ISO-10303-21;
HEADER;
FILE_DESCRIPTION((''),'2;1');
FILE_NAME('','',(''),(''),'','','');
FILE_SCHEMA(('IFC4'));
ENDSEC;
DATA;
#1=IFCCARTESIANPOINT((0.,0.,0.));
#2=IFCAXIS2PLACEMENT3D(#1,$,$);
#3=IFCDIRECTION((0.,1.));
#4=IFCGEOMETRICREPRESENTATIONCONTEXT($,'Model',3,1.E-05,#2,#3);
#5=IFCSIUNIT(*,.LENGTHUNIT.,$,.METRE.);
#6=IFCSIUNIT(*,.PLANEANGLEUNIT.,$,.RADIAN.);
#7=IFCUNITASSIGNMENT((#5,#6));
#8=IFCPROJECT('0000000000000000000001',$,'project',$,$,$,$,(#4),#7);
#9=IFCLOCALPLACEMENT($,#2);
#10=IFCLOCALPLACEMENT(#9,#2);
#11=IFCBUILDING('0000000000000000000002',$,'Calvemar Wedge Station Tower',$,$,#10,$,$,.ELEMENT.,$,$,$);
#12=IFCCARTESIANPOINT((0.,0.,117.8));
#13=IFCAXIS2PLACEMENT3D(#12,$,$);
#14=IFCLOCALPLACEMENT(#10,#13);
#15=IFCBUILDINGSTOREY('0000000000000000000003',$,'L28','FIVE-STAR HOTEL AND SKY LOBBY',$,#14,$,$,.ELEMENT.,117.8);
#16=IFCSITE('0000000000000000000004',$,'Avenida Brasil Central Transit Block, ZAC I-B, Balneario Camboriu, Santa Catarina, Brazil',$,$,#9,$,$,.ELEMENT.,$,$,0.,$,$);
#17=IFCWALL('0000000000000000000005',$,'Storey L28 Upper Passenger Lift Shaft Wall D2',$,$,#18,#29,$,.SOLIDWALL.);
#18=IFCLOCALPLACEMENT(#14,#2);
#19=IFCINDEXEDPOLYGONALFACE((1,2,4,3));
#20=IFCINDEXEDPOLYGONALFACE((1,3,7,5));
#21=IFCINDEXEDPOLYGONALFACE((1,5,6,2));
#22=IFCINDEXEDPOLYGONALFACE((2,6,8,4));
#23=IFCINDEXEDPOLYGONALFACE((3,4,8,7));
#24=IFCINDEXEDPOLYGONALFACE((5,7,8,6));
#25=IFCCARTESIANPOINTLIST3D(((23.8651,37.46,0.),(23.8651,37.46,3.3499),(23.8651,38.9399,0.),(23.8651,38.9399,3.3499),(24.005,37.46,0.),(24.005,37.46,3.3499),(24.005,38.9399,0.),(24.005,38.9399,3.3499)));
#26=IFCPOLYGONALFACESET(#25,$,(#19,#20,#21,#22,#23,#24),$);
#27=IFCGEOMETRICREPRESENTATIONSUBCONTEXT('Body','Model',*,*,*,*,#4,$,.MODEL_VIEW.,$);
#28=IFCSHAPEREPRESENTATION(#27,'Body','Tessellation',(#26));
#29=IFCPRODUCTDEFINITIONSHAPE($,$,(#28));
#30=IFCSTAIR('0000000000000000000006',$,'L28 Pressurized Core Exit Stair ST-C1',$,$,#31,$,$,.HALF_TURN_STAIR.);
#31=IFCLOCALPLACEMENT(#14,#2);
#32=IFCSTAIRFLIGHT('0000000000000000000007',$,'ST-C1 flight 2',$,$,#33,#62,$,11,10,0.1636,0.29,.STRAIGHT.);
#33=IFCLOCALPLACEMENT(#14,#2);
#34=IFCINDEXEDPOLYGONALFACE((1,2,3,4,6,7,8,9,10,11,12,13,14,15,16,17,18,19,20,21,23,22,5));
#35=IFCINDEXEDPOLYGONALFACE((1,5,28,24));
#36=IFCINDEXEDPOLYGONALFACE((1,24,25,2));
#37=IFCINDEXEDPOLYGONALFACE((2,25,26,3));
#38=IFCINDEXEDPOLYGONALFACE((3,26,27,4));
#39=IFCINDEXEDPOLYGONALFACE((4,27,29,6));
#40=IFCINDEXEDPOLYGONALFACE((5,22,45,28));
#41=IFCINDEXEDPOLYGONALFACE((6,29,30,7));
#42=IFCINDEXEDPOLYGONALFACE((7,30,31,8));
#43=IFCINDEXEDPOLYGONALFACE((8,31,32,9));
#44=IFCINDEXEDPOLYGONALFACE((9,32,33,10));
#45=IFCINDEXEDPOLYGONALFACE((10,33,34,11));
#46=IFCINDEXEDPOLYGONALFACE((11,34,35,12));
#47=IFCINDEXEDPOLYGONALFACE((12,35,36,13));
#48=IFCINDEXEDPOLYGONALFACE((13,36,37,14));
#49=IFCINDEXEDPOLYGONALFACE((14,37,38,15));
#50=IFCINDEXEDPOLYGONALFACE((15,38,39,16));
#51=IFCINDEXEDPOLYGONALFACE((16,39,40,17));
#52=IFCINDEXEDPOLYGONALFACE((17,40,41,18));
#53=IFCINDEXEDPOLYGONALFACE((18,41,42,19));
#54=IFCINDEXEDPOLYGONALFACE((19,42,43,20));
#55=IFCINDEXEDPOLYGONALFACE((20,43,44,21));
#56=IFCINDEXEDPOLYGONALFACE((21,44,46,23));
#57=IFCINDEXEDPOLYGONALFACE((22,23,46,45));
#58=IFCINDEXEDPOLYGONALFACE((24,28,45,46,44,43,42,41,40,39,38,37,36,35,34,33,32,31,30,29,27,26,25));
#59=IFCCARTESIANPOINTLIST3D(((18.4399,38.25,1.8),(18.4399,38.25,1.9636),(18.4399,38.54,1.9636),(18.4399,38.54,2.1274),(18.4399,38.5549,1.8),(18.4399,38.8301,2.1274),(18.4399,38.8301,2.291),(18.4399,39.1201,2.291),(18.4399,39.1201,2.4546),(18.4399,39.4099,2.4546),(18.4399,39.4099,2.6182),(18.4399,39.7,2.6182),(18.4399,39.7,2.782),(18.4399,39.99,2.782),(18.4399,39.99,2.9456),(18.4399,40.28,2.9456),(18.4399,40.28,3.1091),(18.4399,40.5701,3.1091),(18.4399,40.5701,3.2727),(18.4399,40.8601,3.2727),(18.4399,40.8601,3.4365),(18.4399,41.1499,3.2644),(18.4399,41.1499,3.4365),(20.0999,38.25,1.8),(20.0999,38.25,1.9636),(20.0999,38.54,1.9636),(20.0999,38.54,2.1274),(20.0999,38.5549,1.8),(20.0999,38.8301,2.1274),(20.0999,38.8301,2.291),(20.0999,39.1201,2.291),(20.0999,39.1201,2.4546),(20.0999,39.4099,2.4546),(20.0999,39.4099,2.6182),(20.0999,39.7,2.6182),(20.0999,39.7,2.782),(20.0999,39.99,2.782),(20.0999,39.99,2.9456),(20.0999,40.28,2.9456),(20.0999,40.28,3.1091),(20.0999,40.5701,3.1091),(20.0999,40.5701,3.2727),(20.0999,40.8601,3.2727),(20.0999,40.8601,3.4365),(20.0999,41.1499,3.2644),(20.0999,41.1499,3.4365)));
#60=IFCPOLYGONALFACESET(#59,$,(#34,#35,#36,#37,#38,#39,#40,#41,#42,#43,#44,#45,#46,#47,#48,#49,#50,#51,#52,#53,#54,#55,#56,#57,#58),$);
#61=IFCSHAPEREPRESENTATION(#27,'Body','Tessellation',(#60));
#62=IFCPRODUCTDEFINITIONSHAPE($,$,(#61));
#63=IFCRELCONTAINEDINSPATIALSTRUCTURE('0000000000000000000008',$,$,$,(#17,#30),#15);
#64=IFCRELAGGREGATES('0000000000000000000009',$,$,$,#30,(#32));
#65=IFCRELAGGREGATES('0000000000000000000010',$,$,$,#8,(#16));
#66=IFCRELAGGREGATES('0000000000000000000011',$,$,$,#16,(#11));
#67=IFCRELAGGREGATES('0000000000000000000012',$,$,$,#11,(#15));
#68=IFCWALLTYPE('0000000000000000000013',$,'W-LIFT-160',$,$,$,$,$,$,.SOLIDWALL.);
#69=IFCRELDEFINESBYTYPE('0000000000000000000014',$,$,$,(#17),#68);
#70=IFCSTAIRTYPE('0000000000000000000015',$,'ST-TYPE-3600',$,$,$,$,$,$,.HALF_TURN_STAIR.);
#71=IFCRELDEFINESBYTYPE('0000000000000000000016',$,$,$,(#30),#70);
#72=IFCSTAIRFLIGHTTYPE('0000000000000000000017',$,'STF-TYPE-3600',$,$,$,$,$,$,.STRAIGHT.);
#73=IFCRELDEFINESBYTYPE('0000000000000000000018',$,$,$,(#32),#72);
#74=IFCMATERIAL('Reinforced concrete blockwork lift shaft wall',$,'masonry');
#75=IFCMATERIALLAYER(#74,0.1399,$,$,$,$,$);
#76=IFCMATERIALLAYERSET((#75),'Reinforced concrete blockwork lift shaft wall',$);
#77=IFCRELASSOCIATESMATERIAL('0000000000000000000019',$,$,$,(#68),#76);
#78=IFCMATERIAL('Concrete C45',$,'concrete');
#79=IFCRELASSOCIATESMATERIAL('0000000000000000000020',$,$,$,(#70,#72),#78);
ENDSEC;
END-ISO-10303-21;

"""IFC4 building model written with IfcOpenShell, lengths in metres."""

from ifc_helpers import new_model, si_unit, direction, frame, frame_2d, origin, place, context, subcontext, project, spatial, polyline, rectangle, outline, extrude, material, layer, layer_set, type_object, element, aggregate, save


model = new_model("IFC4")

# Units and contexts
model_context = context("Model", 3, precision=1e-05, world=origin(), true_north=direction((0.0, 1.0)))
body_context = subcontext(model_context, "Body", "Model", "MODEL_VIEW")
ifc_project = project(units=[si_unit("LENGTHUNIT", "METRE"), si_unit("PLANEANGLEUNIT", "RADIAN")], contexts=[model_context])

# Site, building, storey
site_placement = place(None, origin())
site = spatial("IfcSite", under=ifc_project, at=site_placement, Name="Avenida Brasil Central Transit Block, ZAC I-B, Balneario Camboriu, Santa Catarina, Brazil", CompositionType="ELEMENT", RefElevation=0.0)
building_placement = place(site_placement, origin())
building = spatial("IfcBuilding", under=site, at=building_placement, Name="Calvemar Wedge Station Tower", CompositionType="ELEMENT")
storey_placement = place(building_placement, frame((0.0, 0.0, 117.8)))
storey = spatial("IfcBuildingStorey", under=building, at=storey_placement, Name="L28", Description="FIVE-STAR HOTEL AND SKY LOBBY", CompositionType="ELEMENT", Elevation=117.8)

# Shared definitions
ifc_material_1 = material(Name="Reinforced concrete blockwork lift shaft wall", Category="masonry")
ifc_layer_1 = layer(ifc_material_1, 0.1399)
ifc_layer_set_1 = layer_set([ifc_layer_1], Name="Reinforced concrete blockwork lift shaft wall")
wall_type_1 = type_object("IfcWallType", Name="W-LIFT-160", PredefinedType="SOLIDWALL", material=ifc_layer_set_1)

# Wall
for number, where, z_axis, x_axis, name in (
    (1, (23.9351, 37.46, 0.0), (0.0, 0.0, 1.0), (0.0, 1.0, 0.0), "Storey L28 Upper Passenger Lift Shaft Wall D2"),
):
    element("IfcWall", number, at=place(storey_placement, frame(where, z_axis=z_axis, x_axis=x_axis)), inside=storey, type_object=wall_type_1, Name=name, PredefinedType="SOLIDWALL", context=body_context, shape_type="SweptSolid", body=[
        extrude(rectangle(XDim=1.48, YDim=0.1399, at=frame_2d((0.74, 0.0))), origin(), (0.0, 0.0, 1.0), 3.3499),
    ])

# Stair, stair flight
ifc_material_2 = material(Name="Concrete C45", Category="concrete")
stair_type = type_object("IfcStairType", Name="ST-TYPE-3600", PredefinedType="HALF_TURN_STAIR", material=ifc_material_2)
stair_placement = place(storey_placement, origin())
stair = element("IfcStair", 2, at=stair_placement, inside=storey, type_object=stair_type, Name="L28 Pressurized Core Exit Stair ST-C1", PredefinedType="HALF_TURN_STAIR")
stair_flight_type = type_object("IfcStairFlightType", Name="STF-TYPE-3600", PredefinedType="STRAIGHT", material=ifc_material_2)
stair_flight_placement = place(storey_placement, frame((19.27, 38.25, 1.8), z_axis=(0.0, 0.0, 1.0), x_axis=(0.0, 1.0, 0.0)))
stair_flight = element("IfcStairFlight", 3, at=stair_flight_placement, type_object=stair_flight_type, Name="ST-C1 flight 2", NumberOfRisers=11, NumberOfTreads=10, PredefinedType="STRAIGHT", RiserHeight=0.1636, TreadLength=0.29, context=body_context, shape_type="SweptSolid", body=[
    extrude(outline(polyline([(0.0, 0.0), (0.0, 0.1636), (0.29, 0.1636), (0.29, 0.3274), (0.5801, 0.3274), (0.5801, 0.491), (0.8701, 0.491), (0.8701, 0.6545), (1.1599, 0.6545), (1.1599, 0.8181), (1.45, 0.8181), (1.45, 0.9819), (1.74, 0.9819), (1.74, 1.1455), (2.03, 1.1455), (2.03, 1.3091), (2.3201, 1.3091), (2.3201, 1.4727), (2.6101, 1.4727), (2.6101, 1.6365), (2.8999, 1.6365), (2.8999, 1.8), (2.8999, 1.4644), (0.3049, 0.0), (0.0, 0.0)])), frame((0.0, 0.8301, 0.0), z_axis=(0.0, -1.0, 0.0), x_axis=(1.0, 0.0, 0.0)), (0.0, 0.0, 1.0), 1.6599),
])
aggregate(stair, [stair_flight])

save(model, "model.ifc")
